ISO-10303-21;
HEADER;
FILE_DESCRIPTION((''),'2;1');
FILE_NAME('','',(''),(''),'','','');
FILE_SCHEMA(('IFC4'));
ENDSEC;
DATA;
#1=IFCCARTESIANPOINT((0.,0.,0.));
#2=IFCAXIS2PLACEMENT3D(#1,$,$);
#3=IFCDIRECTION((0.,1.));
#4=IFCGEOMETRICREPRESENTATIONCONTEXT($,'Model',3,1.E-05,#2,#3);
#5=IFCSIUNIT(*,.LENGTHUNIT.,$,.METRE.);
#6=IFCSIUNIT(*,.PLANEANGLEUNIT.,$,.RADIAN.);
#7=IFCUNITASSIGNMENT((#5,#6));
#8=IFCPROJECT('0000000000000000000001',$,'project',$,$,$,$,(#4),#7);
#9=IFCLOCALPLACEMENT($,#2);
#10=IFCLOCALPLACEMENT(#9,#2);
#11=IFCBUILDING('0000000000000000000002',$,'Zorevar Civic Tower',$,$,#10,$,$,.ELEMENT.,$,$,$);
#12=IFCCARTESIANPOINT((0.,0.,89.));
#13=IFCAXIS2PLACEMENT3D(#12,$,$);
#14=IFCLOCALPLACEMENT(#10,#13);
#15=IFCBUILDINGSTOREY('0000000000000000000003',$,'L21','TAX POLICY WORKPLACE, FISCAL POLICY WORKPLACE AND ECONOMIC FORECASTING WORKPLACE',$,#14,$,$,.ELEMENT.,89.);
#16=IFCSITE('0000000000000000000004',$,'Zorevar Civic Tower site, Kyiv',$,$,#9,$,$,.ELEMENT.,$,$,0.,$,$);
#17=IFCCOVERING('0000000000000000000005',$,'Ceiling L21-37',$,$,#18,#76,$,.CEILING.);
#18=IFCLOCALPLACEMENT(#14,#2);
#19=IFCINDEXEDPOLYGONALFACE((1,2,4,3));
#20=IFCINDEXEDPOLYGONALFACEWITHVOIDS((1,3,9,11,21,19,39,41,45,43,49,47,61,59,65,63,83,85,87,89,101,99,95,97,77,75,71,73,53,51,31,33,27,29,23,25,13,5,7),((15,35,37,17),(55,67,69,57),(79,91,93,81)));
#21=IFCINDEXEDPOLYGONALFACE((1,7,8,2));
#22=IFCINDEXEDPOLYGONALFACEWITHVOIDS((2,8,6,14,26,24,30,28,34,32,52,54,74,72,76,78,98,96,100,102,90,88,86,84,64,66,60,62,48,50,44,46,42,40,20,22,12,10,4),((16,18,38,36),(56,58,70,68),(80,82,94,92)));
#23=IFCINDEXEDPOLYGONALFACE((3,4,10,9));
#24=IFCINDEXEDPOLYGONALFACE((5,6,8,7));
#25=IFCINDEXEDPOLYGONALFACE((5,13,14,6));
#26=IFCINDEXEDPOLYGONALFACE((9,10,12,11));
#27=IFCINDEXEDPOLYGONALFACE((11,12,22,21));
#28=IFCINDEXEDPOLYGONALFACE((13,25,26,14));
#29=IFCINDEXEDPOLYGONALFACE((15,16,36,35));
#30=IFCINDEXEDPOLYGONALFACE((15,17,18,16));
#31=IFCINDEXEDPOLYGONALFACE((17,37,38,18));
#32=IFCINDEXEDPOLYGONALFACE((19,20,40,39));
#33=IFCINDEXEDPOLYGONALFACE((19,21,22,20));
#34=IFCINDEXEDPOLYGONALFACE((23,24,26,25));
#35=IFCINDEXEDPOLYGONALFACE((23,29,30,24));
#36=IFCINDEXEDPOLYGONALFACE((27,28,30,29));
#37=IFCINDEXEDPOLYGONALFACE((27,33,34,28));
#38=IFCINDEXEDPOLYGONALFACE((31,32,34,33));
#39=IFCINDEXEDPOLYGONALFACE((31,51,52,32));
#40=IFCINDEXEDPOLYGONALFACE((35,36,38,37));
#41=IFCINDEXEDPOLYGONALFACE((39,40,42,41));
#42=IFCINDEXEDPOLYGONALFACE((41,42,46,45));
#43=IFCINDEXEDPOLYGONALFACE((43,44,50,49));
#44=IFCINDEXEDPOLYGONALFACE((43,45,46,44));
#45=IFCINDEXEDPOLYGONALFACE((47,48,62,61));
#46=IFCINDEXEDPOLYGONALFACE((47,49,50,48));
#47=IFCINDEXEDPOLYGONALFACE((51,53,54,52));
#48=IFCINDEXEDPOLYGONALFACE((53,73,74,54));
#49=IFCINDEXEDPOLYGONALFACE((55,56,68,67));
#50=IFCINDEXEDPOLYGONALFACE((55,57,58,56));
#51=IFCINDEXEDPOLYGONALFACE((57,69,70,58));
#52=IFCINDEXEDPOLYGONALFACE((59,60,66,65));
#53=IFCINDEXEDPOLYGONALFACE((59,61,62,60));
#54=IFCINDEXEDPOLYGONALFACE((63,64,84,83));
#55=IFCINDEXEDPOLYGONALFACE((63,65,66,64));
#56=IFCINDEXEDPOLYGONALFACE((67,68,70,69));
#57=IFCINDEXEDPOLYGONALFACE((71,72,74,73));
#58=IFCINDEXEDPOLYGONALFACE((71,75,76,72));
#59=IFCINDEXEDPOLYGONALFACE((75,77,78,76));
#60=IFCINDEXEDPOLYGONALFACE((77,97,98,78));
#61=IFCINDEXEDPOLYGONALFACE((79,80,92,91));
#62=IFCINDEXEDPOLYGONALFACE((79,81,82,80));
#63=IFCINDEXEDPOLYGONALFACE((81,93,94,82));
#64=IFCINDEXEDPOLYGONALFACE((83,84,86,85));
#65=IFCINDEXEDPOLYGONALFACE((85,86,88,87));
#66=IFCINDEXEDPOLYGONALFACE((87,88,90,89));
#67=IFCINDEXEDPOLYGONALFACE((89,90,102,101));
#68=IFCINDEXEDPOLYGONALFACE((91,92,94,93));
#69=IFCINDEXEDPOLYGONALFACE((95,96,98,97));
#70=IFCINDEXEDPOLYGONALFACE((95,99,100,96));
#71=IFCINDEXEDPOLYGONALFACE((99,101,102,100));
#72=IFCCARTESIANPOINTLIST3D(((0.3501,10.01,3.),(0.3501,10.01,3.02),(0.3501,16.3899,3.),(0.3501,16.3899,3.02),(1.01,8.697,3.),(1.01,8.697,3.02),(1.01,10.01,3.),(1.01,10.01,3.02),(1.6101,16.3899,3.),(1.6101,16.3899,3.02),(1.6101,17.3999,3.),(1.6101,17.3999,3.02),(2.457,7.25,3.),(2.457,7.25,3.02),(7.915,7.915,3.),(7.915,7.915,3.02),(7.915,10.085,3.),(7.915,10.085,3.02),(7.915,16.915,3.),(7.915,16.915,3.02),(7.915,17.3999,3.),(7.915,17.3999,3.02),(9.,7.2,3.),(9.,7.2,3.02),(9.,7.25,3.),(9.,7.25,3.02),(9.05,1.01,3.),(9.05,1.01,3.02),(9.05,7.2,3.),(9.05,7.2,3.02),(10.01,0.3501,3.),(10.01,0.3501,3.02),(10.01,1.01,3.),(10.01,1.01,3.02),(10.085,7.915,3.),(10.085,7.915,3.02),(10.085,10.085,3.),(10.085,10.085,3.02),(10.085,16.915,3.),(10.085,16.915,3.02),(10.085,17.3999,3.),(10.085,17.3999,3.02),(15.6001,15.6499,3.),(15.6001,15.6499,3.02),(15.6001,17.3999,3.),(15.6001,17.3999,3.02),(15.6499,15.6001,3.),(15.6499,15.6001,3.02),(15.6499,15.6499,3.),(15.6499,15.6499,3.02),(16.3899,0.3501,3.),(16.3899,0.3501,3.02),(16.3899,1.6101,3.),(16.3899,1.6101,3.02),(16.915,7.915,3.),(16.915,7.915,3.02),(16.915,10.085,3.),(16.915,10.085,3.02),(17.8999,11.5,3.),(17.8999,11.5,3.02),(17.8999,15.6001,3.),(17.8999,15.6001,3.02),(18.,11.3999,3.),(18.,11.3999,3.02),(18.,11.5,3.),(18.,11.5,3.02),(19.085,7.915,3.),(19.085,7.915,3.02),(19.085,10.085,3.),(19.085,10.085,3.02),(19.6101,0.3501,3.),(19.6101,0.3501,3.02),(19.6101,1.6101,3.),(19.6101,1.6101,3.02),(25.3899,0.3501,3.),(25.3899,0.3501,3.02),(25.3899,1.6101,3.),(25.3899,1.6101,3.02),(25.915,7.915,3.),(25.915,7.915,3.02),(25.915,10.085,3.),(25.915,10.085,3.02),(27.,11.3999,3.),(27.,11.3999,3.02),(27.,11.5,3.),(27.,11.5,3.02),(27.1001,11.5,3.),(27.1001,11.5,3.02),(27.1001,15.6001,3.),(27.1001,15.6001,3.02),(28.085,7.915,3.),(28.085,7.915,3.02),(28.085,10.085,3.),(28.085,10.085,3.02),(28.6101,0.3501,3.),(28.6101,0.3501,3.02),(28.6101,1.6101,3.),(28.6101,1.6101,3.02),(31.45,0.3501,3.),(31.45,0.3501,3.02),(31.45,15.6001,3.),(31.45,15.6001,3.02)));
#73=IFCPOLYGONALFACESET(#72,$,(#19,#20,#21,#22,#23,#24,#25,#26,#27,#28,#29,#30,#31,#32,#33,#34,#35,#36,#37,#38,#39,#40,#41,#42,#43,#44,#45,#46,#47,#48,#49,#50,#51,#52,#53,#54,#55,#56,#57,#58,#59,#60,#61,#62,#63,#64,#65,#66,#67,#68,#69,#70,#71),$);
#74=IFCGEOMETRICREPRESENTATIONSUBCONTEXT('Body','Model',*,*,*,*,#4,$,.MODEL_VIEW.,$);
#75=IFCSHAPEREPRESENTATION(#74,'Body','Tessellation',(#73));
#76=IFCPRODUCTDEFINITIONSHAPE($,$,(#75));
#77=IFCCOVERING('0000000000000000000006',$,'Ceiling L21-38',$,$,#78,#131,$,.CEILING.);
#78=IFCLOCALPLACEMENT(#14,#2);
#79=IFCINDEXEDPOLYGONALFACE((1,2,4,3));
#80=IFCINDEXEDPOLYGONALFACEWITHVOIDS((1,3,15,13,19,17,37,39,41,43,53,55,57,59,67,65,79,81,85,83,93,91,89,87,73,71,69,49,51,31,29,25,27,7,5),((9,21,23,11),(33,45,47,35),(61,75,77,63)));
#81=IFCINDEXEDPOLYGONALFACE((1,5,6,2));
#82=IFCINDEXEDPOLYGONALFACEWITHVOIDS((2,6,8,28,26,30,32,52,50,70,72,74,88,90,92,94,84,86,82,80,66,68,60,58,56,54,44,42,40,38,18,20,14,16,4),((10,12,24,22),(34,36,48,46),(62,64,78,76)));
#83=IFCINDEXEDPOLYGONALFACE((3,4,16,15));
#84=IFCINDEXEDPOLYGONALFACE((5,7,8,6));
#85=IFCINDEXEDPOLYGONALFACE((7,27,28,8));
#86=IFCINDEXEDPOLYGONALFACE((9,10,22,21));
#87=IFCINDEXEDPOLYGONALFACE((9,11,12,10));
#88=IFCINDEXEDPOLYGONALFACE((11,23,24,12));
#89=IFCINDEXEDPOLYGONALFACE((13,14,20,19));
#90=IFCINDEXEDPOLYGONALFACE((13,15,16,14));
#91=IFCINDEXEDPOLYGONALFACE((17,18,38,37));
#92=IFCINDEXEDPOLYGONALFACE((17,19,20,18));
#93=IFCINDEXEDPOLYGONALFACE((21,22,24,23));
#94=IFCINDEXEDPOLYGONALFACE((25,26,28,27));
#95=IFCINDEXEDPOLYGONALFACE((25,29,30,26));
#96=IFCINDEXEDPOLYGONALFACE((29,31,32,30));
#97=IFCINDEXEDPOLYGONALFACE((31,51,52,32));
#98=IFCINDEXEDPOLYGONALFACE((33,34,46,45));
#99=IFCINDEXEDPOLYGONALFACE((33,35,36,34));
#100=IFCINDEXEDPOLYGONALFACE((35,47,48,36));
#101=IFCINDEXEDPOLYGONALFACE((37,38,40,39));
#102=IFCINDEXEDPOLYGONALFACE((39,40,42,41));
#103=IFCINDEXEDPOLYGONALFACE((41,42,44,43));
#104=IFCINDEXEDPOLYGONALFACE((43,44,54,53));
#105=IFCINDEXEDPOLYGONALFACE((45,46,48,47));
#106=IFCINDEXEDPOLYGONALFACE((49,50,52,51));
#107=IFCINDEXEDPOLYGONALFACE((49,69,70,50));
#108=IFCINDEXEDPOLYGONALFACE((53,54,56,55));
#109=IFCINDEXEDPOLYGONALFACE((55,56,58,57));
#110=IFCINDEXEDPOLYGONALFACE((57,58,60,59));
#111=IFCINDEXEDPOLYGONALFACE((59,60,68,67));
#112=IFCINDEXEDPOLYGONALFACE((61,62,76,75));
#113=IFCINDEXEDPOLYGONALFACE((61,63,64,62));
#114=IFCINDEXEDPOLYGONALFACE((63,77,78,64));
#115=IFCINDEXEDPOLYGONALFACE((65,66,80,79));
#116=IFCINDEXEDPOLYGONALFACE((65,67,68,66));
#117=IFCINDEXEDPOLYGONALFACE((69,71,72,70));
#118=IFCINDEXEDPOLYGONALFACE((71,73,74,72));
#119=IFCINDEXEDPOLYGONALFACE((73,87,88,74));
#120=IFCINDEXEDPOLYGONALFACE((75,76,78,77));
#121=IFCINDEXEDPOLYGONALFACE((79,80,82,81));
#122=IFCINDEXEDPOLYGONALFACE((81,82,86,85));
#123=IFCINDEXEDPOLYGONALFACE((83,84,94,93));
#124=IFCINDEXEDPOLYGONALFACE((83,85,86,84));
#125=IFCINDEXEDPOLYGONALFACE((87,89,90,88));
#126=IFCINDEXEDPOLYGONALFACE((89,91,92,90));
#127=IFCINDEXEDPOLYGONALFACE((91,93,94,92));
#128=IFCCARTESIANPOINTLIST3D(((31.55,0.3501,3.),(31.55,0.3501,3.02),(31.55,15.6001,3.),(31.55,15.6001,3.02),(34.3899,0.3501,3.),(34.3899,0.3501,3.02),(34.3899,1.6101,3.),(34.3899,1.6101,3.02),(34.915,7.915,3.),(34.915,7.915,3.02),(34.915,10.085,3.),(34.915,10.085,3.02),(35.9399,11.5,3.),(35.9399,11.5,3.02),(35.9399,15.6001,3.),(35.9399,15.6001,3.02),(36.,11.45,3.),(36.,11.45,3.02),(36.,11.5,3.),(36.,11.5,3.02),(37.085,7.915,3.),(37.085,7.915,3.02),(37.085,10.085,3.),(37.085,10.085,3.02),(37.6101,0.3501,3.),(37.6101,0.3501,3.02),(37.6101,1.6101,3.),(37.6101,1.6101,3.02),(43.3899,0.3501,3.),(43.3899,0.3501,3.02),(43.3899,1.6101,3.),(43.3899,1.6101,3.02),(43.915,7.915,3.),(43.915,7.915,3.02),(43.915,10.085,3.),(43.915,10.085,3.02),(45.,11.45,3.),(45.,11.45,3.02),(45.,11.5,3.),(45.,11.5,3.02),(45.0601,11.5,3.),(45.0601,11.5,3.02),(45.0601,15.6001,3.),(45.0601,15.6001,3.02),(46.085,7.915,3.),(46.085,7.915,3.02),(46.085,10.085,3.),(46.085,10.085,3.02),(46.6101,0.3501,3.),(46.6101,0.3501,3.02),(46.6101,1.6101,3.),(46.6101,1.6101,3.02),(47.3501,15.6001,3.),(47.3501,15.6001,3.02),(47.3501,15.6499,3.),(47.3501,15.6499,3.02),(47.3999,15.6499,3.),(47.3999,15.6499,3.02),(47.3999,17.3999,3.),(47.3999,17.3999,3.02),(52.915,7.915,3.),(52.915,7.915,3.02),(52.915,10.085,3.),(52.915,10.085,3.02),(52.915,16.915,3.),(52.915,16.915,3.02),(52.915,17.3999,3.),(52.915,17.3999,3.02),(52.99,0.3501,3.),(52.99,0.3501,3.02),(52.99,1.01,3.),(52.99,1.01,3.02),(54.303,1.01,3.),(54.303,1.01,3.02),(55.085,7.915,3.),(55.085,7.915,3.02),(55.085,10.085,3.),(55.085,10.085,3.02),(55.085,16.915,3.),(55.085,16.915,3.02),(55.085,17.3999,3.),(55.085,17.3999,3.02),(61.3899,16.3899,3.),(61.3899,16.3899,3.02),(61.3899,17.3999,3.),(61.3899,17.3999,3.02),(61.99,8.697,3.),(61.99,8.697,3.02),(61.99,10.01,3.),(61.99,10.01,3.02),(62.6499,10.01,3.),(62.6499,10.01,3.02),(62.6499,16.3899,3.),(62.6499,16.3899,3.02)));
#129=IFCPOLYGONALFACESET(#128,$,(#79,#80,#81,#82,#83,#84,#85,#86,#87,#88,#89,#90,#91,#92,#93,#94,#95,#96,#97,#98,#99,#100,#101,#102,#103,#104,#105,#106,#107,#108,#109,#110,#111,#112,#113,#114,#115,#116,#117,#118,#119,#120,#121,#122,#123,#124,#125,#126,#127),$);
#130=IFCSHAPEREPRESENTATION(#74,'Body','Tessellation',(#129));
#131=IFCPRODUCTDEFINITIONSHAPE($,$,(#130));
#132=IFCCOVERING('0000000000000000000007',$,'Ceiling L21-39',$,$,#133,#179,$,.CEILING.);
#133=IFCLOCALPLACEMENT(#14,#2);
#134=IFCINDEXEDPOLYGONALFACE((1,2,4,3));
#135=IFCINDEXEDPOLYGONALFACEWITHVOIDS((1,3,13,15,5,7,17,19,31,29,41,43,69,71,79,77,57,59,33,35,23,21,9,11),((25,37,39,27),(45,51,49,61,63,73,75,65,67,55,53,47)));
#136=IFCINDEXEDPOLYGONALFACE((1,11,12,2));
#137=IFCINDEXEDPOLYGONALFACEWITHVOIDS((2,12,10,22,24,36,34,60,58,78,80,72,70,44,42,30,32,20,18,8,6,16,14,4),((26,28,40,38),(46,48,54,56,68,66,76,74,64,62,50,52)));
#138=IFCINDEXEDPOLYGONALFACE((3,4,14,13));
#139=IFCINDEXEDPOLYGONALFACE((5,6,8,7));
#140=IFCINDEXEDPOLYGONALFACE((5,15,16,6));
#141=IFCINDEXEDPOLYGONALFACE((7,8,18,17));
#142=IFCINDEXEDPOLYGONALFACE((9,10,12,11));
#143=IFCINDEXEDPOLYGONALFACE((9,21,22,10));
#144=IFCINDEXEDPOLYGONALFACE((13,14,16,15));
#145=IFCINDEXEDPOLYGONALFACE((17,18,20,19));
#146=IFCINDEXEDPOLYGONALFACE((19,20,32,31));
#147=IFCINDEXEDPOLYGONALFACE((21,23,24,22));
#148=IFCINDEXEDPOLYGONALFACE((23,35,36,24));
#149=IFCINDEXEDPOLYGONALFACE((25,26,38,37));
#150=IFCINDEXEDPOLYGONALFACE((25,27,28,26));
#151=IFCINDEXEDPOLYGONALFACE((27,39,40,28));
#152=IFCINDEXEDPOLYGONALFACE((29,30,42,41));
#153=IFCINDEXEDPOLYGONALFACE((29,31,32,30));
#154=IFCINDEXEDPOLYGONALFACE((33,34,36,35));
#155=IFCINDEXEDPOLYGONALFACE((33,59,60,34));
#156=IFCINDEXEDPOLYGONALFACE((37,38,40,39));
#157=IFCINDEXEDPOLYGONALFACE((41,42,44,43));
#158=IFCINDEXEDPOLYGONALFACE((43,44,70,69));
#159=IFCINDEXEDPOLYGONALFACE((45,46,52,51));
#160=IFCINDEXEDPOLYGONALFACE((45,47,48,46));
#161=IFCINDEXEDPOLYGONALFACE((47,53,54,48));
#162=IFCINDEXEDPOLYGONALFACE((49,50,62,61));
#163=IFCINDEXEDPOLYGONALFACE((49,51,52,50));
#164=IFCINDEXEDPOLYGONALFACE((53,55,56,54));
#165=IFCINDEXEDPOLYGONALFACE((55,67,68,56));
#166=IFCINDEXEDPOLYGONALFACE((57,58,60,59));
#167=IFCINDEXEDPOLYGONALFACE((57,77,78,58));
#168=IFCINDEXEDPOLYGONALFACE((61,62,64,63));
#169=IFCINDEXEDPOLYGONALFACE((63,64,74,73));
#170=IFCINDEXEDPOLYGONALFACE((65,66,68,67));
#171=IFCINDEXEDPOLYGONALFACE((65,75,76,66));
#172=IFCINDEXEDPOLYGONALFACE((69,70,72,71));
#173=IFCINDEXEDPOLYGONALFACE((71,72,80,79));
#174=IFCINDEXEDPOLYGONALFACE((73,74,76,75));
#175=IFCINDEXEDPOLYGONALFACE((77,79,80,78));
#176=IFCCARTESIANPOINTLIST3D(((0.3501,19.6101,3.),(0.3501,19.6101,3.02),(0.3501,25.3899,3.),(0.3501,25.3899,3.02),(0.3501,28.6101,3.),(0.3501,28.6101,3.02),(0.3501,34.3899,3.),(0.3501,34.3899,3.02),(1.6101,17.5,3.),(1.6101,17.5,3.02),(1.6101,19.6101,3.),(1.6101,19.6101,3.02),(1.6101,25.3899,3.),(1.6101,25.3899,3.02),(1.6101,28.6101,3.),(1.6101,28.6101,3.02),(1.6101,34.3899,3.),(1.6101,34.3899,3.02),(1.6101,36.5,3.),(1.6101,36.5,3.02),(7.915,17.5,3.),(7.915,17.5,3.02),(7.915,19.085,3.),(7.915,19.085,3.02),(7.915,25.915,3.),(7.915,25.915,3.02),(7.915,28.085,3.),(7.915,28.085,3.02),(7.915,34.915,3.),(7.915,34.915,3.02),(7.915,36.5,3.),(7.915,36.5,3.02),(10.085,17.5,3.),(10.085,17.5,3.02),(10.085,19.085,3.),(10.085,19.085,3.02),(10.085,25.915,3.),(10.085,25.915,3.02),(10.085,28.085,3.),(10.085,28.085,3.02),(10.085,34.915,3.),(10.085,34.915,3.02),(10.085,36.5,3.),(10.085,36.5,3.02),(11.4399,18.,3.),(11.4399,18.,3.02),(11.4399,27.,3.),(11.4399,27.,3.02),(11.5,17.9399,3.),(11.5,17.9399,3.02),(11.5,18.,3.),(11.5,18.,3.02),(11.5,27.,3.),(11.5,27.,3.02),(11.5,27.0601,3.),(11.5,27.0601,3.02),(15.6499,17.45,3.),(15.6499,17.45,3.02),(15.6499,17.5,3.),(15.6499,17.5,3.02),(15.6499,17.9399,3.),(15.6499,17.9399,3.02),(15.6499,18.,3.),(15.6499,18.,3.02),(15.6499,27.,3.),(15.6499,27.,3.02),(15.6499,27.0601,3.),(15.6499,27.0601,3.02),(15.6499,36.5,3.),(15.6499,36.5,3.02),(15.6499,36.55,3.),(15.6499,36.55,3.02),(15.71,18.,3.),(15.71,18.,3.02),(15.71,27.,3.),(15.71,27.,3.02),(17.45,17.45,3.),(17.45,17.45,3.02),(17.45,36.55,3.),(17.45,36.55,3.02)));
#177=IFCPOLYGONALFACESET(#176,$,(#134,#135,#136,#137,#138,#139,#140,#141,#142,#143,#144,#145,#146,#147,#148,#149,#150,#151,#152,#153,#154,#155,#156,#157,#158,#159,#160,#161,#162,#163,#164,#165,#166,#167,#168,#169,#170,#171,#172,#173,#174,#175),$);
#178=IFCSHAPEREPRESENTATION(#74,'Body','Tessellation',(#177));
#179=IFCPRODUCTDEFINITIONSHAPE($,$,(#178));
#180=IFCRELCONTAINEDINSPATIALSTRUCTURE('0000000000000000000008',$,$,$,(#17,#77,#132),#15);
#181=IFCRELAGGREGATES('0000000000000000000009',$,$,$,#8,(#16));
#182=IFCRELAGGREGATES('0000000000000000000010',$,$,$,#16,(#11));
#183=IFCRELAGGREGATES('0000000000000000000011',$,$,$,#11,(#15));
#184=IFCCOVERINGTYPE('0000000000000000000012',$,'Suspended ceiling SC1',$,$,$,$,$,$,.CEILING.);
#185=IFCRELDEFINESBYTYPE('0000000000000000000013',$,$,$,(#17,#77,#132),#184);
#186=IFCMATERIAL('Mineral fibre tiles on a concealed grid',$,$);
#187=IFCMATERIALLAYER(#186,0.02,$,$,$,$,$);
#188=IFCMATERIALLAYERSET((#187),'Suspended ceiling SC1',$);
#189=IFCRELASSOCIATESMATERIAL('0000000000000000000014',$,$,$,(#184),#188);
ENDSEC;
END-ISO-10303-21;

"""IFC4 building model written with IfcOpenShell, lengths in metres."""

from ifc_helpers import new_model, si_unit, direction, frame, origin, place, context, subcontext, project, spatial, polyline, outline, extrude, material, layer, layer_set, type_object, element, save


model = new_model("IFC4")

# Units and contexts
model_context = context("Model", 3, precision=1e-05, world=origin(), true_north=direction((0.0, 1.0)))
body_context = subcontext(model_context, "Body", "Model", "MODEL_VIEW")
ifc_project = project(units=[si_unit("LENGTHUNIT", "METRE"), si_unit("PLANEANGLEUNIT", "RADIAN")], contexts=[model_context])

# Site, building, storey
site_placement = place(None, origin())
site = spatial("IfcSite", under=ifc_project, at=site_placement, Name="Zorevar Civic Tower site, Kyiv", CompositionType="ELEMENT", RefElevation=0.0)
building_placement = place(site_placement, origin())
building = spatial("IfcBuilding", under=site, at=building_placement, Name="Zorevar Civic Tower", CompositionType="ELEMENT")
storey_placement = place(building_placement, frame((0.0, 0.0, 89.0)))
storey = spatial("IfcBuildingStorey", under=building, at=storey_placement, Name="L21", Description="TAX POLICY WORKPLACE, FISCAL POLICY WORKPLACE AND ECONOMIC FORECASTING WORKPLACE", CompositionType="ELEMENT", Elevation=89.0)

# Coverings
ifc_material_1 = material(Name="Mineral fibre tiles on a concealed grid")
ifc_layer_1 = layer(ifc_material_1, 0.02)
ifc_layer_set_1 = layer_set([ifc_layer_1], Name="Suspended ceiling SC1")
covering_type_1 = type_object("IfcCoveringType", Name="Suspended ceiling SC1", PredefinedType="CEILING", material=ifc_layer_set_1)
covering_1_placement = place(storey_placement, frame((0.0, 0.0, 3.0)))
element("IfcCovering", 1, at=covering_1_placement, inside=storey, type_object=covering_type_1, Name="Ceiling L21-37", PredefinedType="CEILING", context=body_context, shape_type="SweptSolid", body=[
    extrude(outline(polyline([(17.8999, 11.5), (18.0, 11.5), (18.0, 11.3999), (27.0, 11.3999), (27.0, 11.5), (27.1001, 11.5), (27.1001, 15.6001), (31.45, 15.6001), (31.45, 0.3501), (28.6101, 0.3501), (28.6101, 1.6101), (25.3899, 1.6101), (25.3899, 0.3501), (19.6101, 0.3501), (19.6101, 1.6101), (16.3899, 1.6101), (16.3899, 0.3501), (10.01, 0.3501), (10.01, 1.01), (9.05, 1.01), (9.05, 7.2), (9.0, 7.2), (9.0, 7.25), (2.457, 7.25), (1.01, 8.697), (1.01, 10.01), (0.3501, 10.01), (0.3501, 16.3899), (1.6101, 16.3899), (1.6101, 17.3999), (7.915, 17.3999), (7.915, 16.915), (10.085, 16.915), (10.085, 17.3999), (15.6001, 17.3999), (15.6001, 15.6499), (15.6499, 15.6499), (15.6499, 15.6001), (17.8999, 15.6001), (17.8999, 11.5)]), holes=[polyline([(7.915, 7.915), (10.085, 7.915), (10.085, 10.085), (7.915, 10.085), (7.915, 7.915)]), polyline([(19.085, 7.915), (19.085, 10.085), (16.915, 10.085), (16.915, 7.915), (19.085, 7.915)]), polyline([(25.915, 10.085), (25.915, 7.915), (28.085, 7.915), (28.085, 10.085), (25.915, 10.085)])]), origin(), (0.0, 0.0, 1.0), 0.02),
])
covering_2_placement = place(storey_placement, frame((0.0, 0.0, 3.0)))
element("IfcCovering", 2, at=covering_2_placement, inside=storey, type_object=covering_type_1, Name="Ceiling L21-38", PredefinedType="CEILING", context=body_context, shape_type="SweptSolid", body=[
    extrude(outline(polyline([(61.99, 10.01), (61.99, 8.697), (54.303, 1.01), (52.99, 1.01), (52.99, 0.3501), (46.6101, 0.3501), (46.6101, 1.6101), (43.3899, 1.6101), (43.3899, 0.3501), (37.6101, 0.3501), (37.6101, 1.6101), (34.3899, 1.6101), (34.3899, 0.3501), (31.55, 0.3501), (31.55, 15.6001), (35.9399, 15.6001), (35.9399, 11.5), (36.0, 11.5), (36.0, 11.45), (45.0, 11.45), (45.0, 11.5), (45.0601, 11.5), (45.0601, 15.6001), (47.3501, 15.6001), (47.3501, 15.6499), (47.3999, 15.6499), (47.3999, 17.3999), (52.915, 17.3999), (52.915, 16.915), (55.085, 16.915), (55.085, 17.3999), (61.3899, 17.3999), (61.3899, 16.3899), (62.6499, 16.3899), (62.6499, 10.01), (61.99, 10.01)]), holes=[polyline([(37.085, 10.085), (34.915, 10.085), (34.915, 7.915), (37.085, 7.915), (37.085, 10.085)]), polyline([(43.915, 7.915), (46.085, 7.915), (46.085, 10.085), (43.915, 10.085), (43.915, 7.915)]), polyline([(55.085, 10.085), (52.915, 10.085), (52.915, 7.915), (55.085, 7.915), (55.085, 10.085)])]), origin(), (0.0, 0.0, 1.0), 0.02),
])
covering_3_placement = place(storey_placement, frame((0.0, 0.0, 3.0)))
element("IfcCovering", 3, at=covering_3_placement, inside=storey, type_object=covering_type_1, Name="Ceiling L21-39", PredefinedType="CEILING", context=body_context, shape_type="SweptSolid", body=[
    extrude(outline(polyline([(0.3501, 19.6101), (0.3501, 25.3899), (1.6101, 25.3899), (1.6101, 28.6101), (0.3501, 28.6101), (0.3501, 34.3899), (1.6101, 34.3899), (1.6101, 36.5), (7.915, 36.5), (7.915, 34.915), (10.085, 34.915), (10.085, 36.5), (15.6499, 36.5), (15.6499, 36.55), (17.45, 36.55), (17.45, 17.45), (15.6499, 17.45), (15.6499, 17.5), (10.085, 17.5), (10.085, 19.085), (7.915, 19.085), (7.915, 17.5), (1.6101, 17.5), (1.6101, 19.6101), (0.3501, 19.6101)]), holes=[polyline([(11.5, 18.0), (11.5, 17.9399), (15.6499, 17.9399), (15.6499, 18.0), (15.71, 18.0), (15.71, 27.0), (15.6499, 27.0), (15.6499, 27.0601), (11.5, 27.0601), (11.5, 27.0), (11.4399, 27.0), (11.4399, 18.0), (11.5, 18.0)]), polyline([(7.915, 28.085), (7.915, 25.915), (10.085, 25.915), (10.085, 28.085), (7.915, 28.085)])]), origin(), (0.0, 0.0, 1.0), 0.02),
])

save(model, "model.ifc")
